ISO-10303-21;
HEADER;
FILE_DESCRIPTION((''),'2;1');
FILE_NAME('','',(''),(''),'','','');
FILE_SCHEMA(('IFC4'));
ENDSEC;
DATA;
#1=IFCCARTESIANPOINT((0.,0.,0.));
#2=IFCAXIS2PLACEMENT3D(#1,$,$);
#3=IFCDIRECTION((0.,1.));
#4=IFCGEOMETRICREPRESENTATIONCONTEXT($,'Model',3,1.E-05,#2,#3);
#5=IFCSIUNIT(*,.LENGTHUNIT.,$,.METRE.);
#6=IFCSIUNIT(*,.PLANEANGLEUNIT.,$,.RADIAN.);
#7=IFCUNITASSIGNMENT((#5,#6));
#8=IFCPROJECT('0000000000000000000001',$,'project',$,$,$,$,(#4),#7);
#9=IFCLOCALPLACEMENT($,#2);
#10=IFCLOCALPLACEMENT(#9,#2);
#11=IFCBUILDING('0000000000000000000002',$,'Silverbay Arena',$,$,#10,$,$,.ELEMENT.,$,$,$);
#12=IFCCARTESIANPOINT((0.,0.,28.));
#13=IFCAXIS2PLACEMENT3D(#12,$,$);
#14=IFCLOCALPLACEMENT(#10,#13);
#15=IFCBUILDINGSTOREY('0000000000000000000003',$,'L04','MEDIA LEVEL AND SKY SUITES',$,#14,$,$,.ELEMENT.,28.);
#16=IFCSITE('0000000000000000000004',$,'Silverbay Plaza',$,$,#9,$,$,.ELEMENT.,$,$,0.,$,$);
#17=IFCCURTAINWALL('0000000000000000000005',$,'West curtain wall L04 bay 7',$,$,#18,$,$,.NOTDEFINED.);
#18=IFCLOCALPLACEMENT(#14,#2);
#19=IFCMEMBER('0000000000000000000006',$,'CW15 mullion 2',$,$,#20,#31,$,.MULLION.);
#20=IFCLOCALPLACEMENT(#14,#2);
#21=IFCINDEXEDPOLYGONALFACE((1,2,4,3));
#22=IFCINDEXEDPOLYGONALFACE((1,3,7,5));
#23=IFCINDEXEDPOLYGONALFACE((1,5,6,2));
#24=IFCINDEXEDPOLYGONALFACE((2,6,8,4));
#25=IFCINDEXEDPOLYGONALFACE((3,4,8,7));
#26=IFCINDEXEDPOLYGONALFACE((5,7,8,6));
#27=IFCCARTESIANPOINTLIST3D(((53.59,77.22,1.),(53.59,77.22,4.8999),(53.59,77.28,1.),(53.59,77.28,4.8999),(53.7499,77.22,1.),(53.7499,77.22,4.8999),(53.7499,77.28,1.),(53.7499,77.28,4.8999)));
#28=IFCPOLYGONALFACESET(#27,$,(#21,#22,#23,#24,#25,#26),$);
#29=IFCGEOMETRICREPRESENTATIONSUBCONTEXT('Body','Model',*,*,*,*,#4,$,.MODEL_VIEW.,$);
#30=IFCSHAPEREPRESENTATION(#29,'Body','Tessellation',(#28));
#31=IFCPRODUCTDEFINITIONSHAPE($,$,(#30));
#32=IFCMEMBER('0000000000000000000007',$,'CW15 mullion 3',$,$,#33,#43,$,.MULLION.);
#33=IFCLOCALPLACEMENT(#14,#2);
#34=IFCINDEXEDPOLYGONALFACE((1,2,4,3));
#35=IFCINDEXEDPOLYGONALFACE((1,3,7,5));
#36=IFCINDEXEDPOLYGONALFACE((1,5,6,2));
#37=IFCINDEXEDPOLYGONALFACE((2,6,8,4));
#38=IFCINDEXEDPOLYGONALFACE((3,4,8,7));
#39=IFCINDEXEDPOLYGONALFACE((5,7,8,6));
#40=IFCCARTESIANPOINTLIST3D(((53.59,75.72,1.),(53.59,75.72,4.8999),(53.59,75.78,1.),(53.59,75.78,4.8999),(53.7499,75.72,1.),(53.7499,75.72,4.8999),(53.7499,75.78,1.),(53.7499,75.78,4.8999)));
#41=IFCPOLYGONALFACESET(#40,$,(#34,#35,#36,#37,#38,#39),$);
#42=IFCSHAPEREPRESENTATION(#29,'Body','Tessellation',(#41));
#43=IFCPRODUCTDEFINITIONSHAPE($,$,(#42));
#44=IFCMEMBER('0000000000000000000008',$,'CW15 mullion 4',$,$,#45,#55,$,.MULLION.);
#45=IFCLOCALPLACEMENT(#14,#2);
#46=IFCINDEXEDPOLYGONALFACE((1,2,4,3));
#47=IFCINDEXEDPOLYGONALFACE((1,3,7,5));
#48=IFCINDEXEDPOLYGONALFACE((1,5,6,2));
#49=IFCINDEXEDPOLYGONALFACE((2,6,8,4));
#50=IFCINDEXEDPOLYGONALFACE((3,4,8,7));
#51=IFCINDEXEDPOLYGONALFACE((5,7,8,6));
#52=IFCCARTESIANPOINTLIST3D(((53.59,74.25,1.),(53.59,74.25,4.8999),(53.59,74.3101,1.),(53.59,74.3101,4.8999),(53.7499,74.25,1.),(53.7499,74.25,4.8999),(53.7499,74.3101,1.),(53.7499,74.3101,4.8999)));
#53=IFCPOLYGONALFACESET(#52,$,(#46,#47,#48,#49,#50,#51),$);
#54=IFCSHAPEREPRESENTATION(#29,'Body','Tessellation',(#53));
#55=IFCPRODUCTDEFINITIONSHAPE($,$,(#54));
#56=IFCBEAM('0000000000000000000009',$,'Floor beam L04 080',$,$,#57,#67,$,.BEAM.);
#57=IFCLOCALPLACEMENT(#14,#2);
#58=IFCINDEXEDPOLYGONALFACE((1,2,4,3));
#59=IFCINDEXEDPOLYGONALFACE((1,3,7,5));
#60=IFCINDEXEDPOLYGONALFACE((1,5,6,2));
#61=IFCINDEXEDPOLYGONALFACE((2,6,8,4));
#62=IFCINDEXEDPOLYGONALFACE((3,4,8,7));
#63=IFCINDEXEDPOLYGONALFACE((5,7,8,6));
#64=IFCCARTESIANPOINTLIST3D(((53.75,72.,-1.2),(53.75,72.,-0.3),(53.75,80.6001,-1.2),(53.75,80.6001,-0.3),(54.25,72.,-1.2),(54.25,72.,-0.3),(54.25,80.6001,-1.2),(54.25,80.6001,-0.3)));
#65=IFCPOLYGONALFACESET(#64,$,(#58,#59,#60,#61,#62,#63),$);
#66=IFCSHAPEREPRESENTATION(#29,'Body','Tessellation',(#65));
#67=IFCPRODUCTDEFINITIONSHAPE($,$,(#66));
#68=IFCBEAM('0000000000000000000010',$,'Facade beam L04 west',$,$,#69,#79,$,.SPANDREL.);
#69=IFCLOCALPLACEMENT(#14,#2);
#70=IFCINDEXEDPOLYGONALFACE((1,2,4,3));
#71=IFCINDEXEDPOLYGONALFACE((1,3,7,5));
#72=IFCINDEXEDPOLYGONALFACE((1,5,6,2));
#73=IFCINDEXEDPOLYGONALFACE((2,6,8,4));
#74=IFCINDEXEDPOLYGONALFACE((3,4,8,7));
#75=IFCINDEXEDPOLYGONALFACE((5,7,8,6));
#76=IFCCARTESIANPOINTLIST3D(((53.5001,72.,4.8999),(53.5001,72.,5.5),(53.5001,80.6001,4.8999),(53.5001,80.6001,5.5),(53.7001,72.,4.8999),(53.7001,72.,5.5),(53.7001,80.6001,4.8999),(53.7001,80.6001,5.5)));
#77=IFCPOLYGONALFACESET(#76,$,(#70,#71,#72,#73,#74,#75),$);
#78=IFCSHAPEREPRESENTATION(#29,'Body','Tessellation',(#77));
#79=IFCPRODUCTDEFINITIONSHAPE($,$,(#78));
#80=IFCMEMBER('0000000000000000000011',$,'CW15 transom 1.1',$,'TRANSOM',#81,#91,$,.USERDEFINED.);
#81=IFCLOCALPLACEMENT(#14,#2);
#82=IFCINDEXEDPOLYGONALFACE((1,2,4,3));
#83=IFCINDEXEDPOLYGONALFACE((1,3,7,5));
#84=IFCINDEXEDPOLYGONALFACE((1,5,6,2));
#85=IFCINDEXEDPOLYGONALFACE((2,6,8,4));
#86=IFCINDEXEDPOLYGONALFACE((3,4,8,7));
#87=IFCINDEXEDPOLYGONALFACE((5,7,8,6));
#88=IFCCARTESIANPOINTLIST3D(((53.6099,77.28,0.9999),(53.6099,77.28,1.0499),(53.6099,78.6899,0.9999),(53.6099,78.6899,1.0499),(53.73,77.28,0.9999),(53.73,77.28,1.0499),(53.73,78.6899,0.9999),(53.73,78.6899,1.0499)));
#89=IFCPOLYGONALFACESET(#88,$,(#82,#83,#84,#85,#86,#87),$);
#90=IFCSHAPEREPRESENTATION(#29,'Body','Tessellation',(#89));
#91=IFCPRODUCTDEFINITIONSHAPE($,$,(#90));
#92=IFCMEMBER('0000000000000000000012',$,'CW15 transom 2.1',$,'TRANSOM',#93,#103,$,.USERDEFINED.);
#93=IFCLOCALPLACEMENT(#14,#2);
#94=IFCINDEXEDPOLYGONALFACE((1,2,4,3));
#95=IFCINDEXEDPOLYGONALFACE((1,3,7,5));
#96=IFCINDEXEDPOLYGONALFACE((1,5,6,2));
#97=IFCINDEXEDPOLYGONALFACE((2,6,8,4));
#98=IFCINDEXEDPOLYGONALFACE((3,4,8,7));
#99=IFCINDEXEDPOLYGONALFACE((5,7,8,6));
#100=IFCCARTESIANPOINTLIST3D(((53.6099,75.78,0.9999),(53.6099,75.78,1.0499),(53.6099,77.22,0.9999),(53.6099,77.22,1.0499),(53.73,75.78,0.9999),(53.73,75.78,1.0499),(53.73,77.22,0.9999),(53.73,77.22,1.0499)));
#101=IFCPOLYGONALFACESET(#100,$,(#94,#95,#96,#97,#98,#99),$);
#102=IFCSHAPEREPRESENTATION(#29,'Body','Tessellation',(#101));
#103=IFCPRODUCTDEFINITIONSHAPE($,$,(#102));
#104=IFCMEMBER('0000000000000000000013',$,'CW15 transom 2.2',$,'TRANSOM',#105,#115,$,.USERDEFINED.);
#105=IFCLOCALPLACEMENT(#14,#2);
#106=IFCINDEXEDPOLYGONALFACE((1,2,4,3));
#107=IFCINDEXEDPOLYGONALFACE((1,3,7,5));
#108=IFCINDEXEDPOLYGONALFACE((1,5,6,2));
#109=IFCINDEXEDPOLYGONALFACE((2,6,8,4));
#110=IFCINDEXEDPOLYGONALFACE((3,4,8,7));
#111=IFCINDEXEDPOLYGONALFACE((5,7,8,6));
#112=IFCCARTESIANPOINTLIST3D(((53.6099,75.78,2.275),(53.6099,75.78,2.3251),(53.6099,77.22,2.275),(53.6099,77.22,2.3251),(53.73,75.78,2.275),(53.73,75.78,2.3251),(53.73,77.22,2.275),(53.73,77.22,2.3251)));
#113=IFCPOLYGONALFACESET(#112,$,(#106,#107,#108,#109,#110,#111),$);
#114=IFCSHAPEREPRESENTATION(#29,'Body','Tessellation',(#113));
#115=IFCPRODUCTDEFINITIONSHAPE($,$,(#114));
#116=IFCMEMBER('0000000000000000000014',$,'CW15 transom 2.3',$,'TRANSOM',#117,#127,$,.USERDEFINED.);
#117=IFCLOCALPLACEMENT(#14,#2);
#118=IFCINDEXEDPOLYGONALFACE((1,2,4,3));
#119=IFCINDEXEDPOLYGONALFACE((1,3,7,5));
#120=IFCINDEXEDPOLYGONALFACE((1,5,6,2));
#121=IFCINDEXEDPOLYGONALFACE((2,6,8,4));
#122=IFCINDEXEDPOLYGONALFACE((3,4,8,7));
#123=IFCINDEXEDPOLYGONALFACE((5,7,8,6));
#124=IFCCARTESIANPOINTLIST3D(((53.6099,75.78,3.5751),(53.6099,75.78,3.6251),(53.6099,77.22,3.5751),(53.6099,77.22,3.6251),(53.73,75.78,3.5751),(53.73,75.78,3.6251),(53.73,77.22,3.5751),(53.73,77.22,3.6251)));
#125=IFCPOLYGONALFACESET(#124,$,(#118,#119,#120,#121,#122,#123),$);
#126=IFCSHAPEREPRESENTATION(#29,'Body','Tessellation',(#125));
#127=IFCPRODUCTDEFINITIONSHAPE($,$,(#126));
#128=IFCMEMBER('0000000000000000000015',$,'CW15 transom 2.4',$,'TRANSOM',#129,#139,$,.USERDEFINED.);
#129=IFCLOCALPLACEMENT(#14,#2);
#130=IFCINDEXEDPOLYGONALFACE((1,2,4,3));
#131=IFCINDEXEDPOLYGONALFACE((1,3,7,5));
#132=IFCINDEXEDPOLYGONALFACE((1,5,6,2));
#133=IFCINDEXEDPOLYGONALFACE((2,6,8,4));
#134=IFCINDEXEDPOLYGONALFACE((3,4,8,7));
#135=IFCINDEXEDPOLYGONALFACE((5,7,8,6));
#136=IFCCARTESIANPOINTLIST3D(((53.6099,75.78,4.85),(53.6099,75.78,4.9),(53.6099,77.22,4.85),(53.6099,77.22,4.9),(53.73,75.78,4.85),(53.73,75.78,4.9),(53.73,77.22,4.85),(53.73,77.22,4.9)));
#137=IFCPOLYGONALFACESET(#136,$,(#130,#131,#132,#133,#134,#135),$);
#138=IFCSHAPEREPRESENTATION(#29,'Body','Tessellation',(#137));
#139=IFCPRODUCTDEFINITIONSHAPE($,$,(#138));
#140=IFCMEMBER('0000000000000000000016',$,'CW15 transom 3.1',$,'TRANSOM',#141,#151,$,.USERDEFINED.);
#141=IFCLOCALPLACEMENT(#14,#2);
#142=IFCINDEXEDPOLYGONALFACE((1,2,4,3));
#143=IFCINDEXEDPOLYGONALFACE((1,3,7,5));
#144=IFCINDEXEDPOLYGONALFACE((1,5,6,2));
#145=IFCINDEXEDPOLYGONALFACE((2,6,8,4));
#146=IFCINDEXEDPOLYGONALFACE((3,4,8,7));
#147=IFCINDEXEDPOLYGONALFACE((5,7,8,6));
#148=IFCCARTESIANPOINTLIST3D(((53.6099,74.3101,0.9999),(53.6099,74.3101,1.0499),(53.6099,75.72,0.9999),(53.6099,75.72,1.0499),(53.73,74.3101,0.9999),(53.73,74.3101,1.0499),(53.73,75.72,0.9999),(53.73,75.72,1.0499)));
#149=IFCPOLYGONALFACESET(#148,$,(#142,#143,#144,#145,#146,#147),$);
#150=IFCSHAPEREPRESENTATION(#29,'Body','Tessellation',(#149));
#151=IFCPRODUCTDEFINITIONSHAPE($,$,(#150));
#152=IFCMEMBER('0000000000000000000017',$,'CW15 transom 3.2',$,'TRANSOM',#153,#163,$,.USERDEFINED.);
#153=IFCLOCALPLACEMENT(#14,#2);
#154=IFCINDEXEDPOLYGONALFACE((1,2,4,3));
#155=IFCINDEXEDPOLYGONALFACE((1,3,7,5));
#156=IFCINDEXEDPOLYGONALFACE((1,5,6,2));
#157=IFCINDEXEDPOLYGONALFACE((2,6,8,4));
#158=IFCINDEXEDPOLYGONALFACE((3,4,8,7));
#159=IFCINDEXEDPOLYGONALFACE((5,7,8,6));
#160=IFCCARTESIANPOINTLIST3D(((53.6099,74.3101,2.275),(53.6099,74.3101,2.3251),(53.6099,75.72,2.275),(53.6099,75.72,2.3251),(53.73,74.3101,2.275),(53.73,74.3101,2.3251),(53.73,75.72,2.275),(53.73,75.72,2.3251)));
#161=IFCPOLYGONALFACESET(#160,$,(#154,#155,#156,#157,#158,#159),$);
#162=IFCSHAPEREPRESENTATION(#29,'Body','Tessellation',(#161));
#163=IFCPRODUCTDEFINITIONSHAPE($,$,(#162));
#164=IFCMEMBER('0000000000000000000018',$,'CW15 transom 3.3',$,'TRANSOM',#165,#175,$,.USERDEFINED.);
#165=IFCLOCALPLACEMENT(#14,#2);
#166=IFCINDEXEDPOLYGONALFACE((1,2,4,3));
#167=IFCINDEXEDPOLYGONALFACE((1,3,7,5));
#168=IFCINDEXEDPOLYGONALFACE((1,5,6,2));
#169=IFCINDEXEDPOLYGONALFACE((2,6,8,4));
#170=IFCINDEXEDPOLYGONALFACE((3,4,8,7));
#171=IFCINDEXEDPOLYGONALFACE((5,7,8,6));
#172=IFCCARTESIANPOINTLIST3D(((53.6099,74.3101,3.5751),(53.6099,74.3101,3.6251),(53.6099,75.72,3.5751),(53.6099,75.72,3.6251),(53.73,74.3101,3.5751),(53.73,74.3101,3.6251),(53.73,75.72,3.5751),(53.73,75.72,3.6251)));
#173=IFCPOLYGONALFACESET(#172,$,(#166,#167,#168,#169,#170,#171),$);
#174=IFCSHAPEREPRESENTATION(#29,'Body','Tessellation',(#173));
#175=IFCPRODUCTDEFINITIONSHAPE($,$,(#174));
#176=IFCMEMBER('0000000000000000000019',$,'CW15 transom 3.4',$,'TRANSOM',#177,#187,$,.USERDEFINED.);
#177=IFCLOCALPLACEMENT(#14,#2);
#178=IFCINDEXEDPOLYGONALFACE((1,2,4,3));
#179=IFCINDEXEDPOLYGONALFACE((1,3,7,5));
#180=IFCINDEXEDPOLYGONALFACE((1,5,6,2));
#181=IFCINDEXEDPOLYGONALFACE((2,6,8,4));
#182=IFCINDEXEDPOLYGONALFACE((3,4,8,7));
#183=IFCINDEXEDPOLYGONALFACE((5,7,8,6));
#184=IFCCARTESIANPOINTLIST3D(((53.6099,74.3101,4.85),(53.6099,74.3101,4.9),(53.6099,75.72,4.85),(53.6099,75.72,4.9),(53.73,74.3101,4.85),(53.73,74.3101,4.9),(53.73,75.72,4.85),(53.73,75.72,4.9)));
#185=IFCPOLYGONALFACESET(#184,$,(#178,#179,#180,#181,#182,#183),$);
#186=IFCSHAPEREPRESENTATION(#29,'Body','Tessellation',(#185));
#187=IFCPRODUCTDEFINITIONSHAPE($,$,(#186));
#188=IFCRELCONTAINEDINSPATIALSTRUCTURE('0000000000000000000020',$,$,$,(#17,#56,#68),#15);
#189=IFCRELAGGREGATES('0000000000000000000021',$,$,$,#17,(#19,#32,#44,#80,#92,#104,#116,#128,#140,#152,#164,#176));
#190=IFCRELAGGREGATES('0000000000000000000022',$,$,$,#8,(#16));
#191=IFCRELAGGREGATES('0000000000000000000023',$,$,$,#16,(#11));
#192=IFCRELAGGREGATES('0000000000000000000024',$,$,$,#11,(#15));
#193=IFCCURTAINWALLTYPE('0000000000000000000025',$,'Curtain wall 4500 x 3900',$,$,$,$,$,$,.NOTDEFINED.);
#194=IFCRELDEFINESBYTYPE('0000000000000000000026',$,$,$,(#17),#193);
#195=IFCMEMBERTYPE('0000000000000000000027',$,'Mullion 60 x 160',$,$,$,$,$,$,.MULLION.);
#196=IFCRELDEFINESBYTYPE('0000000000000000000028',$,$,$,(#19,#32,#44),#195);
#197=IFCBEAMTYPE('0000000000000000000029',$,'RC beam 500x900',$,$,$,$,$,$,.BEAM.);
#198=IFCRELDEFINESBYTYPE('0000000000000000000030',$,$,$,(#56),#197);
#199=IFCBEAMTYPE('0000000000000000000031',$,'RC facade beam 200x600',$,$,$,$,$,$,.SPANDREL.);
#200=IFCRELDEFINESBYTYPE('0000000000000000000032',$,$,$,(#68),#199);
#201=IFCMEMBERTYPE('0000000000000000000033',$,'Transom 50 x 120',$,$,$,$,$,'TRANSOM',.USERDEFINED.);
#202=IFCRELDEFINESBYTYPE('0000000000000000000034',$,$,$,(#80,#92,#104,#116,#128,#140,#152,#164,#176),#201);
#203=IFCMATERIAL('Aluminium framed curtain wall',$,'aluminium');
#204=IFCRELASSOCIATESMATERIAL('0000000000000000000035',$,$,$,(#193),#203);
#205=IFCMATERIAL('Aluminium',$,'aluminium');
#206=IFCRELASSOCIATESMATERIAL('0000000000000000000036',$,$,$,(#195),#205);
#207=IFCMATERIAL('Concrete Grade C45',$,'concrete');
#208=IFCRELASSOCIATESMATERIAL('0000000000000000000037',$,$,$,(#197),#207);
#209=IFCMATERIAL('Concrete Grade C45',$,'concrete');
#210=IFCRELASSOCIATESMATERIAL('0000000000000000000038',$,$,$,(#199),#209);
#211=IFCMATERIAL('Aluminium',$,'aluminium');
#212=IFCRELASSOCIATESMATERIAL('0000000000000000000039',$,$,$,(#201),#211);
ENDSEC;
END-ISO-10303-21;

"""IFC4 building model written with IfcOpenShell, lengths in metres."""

from ifc_helpers import new_model, si_unit, direction, frame, origin, origin_2d, place, context, subcontext, project, spatial, rectangle, extrude, material, material_profile, profile_set, type_object, element, aggregate, save


model = new_model("IFC4")

# Units and contexts
model_context = context("Model", 3, precision=1e-05, world=origin(), true_north=direction((0.0, 1.0)))
body_context = subcontext(model_context, "Body", "Model", "MODEL_VIEW")
ifc_project = project(units=[si_unit("LENGTHUNIT", "METRE"), si_unit("PLANEANGLEUNIT", "RADIAN")], contexts=[model_context])

# Site, building, storey
site_placement = place(None, origin())
site = spatial("IfcSite", under=ifc_project, at=site_placement, Name="Silverbay Plaza", CompositionType="ELEMENT", RefElevation=0.0)
building_placement = place(site_placement, origin())
building = spatial("IfcBuilding", under=site, at=building_placement, Name="Silverbay Arena", CompositionType="ELEMENT")
storey_placement = place(building_placement, frame((0.0, 0.0, 28.0)))
storey = spatial("IfcBuildingStorey", under=building, at=storey_placement, Name="L04", Description="MEDIA LEVEL AND SKY SUITES", CompositionType="ELEMENT", Elevation=28.0)

# Curtain wall, members
ifc_material_1 = material(Name="Aluminium framed curtain wall", Category="aluminium")
curtain_wall_type = type_object("IfcCurtainWallType", Name="Curtain wall 4500 x 3900", PredefinedType="NOTDEFINED", material=ifc_material_1)
curtain_wall_placement = place(storey_placement, origin())
curtain_wall = element("IfcCurtainWall", 1, at=curtain_wall_placement, inside=storey, type_object=curtain_wall_type, Name="West curtain wall L04 bay 7", PredefinedType="NOTDEFINED")
ifc_material_2 = material(Name="Aluminium", Category="aluminium")
ifc_material_profile_1 = material_profile(ifc_material_2, rectangle(XDim=0.1599, YDim=0.0601, at=origin_2d()), Name="Mullion 60 x 160")
ifc_profile_set_1 = profile_set([ifc_material_profile_1], Name="Aluminium")
member_type_1 = type_object("IfcMemberType", Name="Mullion 60 x 160", PredefinedType="MULLION", material=ifc_profile_set_1)
member_1_placement = place(storey_placement, frame((53.6699, 77.25, 1.0), z_axis=(0.0, 0.0, 1.0), x_axis=(1.0, 0.0, 0.0)))
member_1 = element("IfcMember", 2, at=member_1_placement, type_object=member_type_1, Name="CW15 mullion 2", PredefinedType="MULLION", context=body_context, shape_type="SweptSolid", body=[
    extrude(rectangle(XDim=0.1599, YDim=0.0601, at=origin_2d()), origin(), (0.0, 0.0, 1.0), 3.8999),
])
member_2_placement = place(storey_placement, frame((53.6699, 75.75, 1.0), z_axis=(0.0, 0.0, 1.0), x_axis=(1.0, 0.0, 0.0)))
member_2 = element("IfcMember", 3, at=member_2_placement, type_object=member_type_1, Name="CW15 mullion 3", PredefinedType="MULLION", context=body_context, shape_type="SweptSolid", body=[
    extrude(rectangle(XDim=0.1599, YDim=0.0601, at=origin_2d()), origin(), (0.0, 0.0, 1.0), 3.8999),
])
member_3_placement = place(storey_placement, frame((53.6699, 74.28, 1.0), z_axis=(0.0, 0.0, 1.0), x_axis=(1.0, 0.0, 0.0)))
member_3 = element("IfcMember", 4, at=member_3_placement, type_object=member_type_1, Name="CW15 mullion 4", PredefinedType="MULLION", context=body_context, shape_type="SweptSolid", body=[
    extrude(rectangle(XDim=0.1599, YDim=0.0601, at=origin_2d()), origin(), (0.0, 0.0, 1.0), 3.8999),
])

# Beams
ifc_material_3 = material(Name="Concrete Grade C45", Category="concrete")
ifc_material_profile_2 = material_profile(ifc_material_3, rectangle(XDim=0.5, YDim=0.8999, at=origin_2d()), Name="RC 500x900")
ifc_profile_set_2 = profile_set([ifc_material_profile_2], Name="Concrete Grade C45")
beam_type_1 = type_object("IfcBeamType", Name="RC beam 500x900", PredefinedType="BEAM", material=ifc_profile_set_2)
beam_1_placement = place(storey_placement, frame((54.0, 72.0, -0.75), z_axis=(0.0, 1.0, 0.0), x_axis=(-1.0, 0.0, 0.0)))
element("IfcBeam", 5, at=beam_1_placement, inside=storey, type_object=beam_type_1, Name="Floor beam L04 080", PredefinedType="BEAM", context=body_context, shape_type="SweptSolid", body=[
    extrude(rectangle(XDim=0.5, YDim=0.8999, at=origin_2d()), origin(), (0.0, 0.0, 1.0), 8.6001),
])
ifc_material_4 = material(Name="Concrete Grade C45", Category="concrete")
ifc_material_profile_3 = material_profile(ifc_material_4, rectangle(XDim=0.2, YDim=0.6001, at=origin_2d()), Name="RC 200x600")
ifc_profile_set_3 = profile_set([ifc_material_profile_3], Name="Concrete Grade C45")
beam_type_2 = type_object("IfcBeamType", Name="RC facade beam 200x600", PredefinedType="SPANDREL", material=ifc_profile_set_3)
beam_2_placement = place(storey_placement, frame((53.6001, 72.0, 5.2), z_axis=(0.0, 1.0, 0.0), x_axis=(-1.0, 0.0, 0.0)))
element("IfcBeam", 6, at=beam_2_placement, inside=storey, type_object=beam_type_2, Name="Facade beam L04 west", PredefinedType="SPANDREL", context=body_context, shape_type="SweptSolid", body=[
    extrude(rectangle(XDim=0.2, YDim=0.6001, at=origin_2d()), origin(), (0.0, 0.0, 1.0), 8.6001),
])

# Members
ifc_material_5 = material(Name="Aluminium", Category="aluminium")
ifc_material_profile_4 = material_profile(ifc_material_5, rectangle(XDim=0.1201, YDim=0.05, at=origin_2d()), Name="Transom 50 x 120")
ifc_profile_set_4 = profile_set([ifc_material_profile_4], Name="Aluminium")
member_type_2 = type_object("IfcMemberType", Name="Transom 50 x 120", ElementType="TRANSOM", PredefinedType="USERDEFINED", material=ifc_profile_set_4)
member_4_placement = place(storey_placement, frame((53.6699, 78.6899, 1.0249), z_axis=(0.0, -1.0, 0.0), x_axis=(1.0, 0.0, 0.0)))
member_4 = element("IfcMember", 7, at=member_4_placement, type_object=member_type_2, Name="CW15 transom 1.1", ObjectType="TRANSOM", PredefinedType="USERDEFINED", context=body_context, shape_type="SweptSolid", body=[
    extrude(rectangle(XDim=0.1201, YDim=0.05, at=origin_2d()), origin(), (0.0, 0.0, 1.0), 1.4099),
])
member_5_placement = place(storey_placement, frame((53.6699, 77.22, 1.0249), z_axis=(0.0, -1.0, 0.0), x_axis=(1.0, 0.0, 0.0)))
member_5 = element("IfcMember", 8, at=member_5_placement, type_object=member_type_2, Name="CW15 transom 2.1", ObjectType="TRANSOM", PredefinedType="USERDEFINED", context=body_context, shape_type="SweptSolid", body=[
    extrude(rectangle(XDim=0.1201, YDim=0.05, at=origin_2d()), origin(), (0.0, 0.0, 1.0), 1.4399),
])
member_6_placement = place(storey_placement, frame((53.6699, 77.22, 2.3), z_axis=(0.0, -1.0, 0.0), x_axis=(1.0, 0.0, 0.0)))
member_6 = element("IfcMember", 9, at=member_6_placement, type_object=member_type_2, Name="CW15 transom 2.2", ObjectType="TRANSOM", PredefinedType="USERDEFINED", context=body_context, shape_type="SweptSolid", body=[
    extrude(rectangle(XDim=0.1201, YDim=0.05, at=origin_2d()), origin(), (0.0, 0.0, 1.0), 1.4399),
])
member_7_placement = place(storey_placement, frame((53.6699, 77.22, 3.6001), z_axis=(0.0, -1.0, 0.0), x_axis=(1.0, 0.0, 0.0)))
member_7 = element("IfcMember", 10, at=member_7_placement, type_object=member_type_2, Name="CW15 transom 2.3", ObjectType="TRANSOM", PredefinedType="USERDEFINED", context=body_context, shape_type="SweptSolid", body=[
    extrude(rectangle(XDim=0.1201, YDim=0.05, at=origin_2d()), origin(), (0.0, 0.0, 1.0), 1.4399),
])
member_8_placement = place(storey_placement, frame((53.6699, 77.22, 4.875), z_axis=(0.0, -1.0, 0.0), x_axis=(1.0, 0.0, 0.0)))
member_8 = element("IfcMember", 11, at=member_8_placement, type_object=member_type_2, Name="CW15 transom 2.4", ObjectType="TRANSOM", PredefinedType="USERDEFINED", context=body_context, shape_type="SweptSolid", body=[
    extrude(rectangle(XDim=0.1201, YDim=0.05, at=origin_2d()), origin(), (0.0, 0.0, 1.0), 1.4399),
])
member_9_placement = place(storey_placement, frame((53.6699, 75.72, 1.0249), z_axis=(0.0, -1.0, 0.0), x_axis=(1.0, 0.0, 0.0)))
member_9 = element("IfcMember", 12, at=member_9_placement, type_object=member_type_2, Name="CW15 transom 3.1", ObjectType="TRANSOM", PredefinedType="USERDEFINED", context=body_context, shape_type="SweptSolid", body=[
    extrude(rectangle(XDim=0.1201, YDim=0.05, at=origin_2d()), origin(), (0.0, 0.0, 1.0), 1.4099),
])
member_10_placement = place(storey_placement, frame((53.6699, 75.72, 2.3), z_axis=(0.0, -1.0, 0.0), x_axis=(1.0, 0.0, 0.0)))
member_10 = element("IfcMember", 13, at=member_10_placement, type_object=member_type_2, Name="CW15 transom 3.2", ObjectType="TRANSOM", PredefinedType="USERDEFINED", context=body_context, shape_type="SweptSolid", body=[
    extrude(rectangle(XDim=0.1201, YDim=0.05, at=origin_2d()), origin(), (0.0, 0.0, 1.0), 1.4099),
])
member_11_placement = place(storey_placement, frame((53.6699, 75.72, 3.6001), z_axis=(0.0, -1.0, 0.0), x_axis=(1.0, 0.0, 0.0)))
member_11 = element("IfcMember", 14, at=member_11_placement, type_object=member_type_2, Name="CW15 transom 3.3", ObjectType="TRANSOM", PredefinedType="USERDEFINED", context=body_context, shape_type="SweptSolid", body=[
    extrude(rectangle(XDim=0.1201, YDim=0.05, at=origin_2d()), origin(), (0.0, 0.0, 1.0), 1.4099),
])
member_12_placement = place(storey_placement, frame((53.6699, 75.72, 4.875), z_axis=(0.0, -1.0, 0.0), x_axis=(1.0, 0.0, 0.0)))
member_12 = element("IfcMember", 15, at=member_12_placement, type_object=member_type_2, Name="CW15 transom 3.4", ObjectType="TRANSOM", PredefinedType="USERDEFINED", context=body_context, shape_type="SweptSolid", body=[
    extrude(rectangle(XDim=0.1201, YDim=0.05, at=origin_2d()), origin(), (0.0, 0.0, 1.0), 1.4099),
])

aggregate(curtain_wall, [member_1, member_2, member_3, member_4, member_5, member_6, member_7, member_8, member_9, member_10, member_11, member_12])

save(model, "model.ifc")
